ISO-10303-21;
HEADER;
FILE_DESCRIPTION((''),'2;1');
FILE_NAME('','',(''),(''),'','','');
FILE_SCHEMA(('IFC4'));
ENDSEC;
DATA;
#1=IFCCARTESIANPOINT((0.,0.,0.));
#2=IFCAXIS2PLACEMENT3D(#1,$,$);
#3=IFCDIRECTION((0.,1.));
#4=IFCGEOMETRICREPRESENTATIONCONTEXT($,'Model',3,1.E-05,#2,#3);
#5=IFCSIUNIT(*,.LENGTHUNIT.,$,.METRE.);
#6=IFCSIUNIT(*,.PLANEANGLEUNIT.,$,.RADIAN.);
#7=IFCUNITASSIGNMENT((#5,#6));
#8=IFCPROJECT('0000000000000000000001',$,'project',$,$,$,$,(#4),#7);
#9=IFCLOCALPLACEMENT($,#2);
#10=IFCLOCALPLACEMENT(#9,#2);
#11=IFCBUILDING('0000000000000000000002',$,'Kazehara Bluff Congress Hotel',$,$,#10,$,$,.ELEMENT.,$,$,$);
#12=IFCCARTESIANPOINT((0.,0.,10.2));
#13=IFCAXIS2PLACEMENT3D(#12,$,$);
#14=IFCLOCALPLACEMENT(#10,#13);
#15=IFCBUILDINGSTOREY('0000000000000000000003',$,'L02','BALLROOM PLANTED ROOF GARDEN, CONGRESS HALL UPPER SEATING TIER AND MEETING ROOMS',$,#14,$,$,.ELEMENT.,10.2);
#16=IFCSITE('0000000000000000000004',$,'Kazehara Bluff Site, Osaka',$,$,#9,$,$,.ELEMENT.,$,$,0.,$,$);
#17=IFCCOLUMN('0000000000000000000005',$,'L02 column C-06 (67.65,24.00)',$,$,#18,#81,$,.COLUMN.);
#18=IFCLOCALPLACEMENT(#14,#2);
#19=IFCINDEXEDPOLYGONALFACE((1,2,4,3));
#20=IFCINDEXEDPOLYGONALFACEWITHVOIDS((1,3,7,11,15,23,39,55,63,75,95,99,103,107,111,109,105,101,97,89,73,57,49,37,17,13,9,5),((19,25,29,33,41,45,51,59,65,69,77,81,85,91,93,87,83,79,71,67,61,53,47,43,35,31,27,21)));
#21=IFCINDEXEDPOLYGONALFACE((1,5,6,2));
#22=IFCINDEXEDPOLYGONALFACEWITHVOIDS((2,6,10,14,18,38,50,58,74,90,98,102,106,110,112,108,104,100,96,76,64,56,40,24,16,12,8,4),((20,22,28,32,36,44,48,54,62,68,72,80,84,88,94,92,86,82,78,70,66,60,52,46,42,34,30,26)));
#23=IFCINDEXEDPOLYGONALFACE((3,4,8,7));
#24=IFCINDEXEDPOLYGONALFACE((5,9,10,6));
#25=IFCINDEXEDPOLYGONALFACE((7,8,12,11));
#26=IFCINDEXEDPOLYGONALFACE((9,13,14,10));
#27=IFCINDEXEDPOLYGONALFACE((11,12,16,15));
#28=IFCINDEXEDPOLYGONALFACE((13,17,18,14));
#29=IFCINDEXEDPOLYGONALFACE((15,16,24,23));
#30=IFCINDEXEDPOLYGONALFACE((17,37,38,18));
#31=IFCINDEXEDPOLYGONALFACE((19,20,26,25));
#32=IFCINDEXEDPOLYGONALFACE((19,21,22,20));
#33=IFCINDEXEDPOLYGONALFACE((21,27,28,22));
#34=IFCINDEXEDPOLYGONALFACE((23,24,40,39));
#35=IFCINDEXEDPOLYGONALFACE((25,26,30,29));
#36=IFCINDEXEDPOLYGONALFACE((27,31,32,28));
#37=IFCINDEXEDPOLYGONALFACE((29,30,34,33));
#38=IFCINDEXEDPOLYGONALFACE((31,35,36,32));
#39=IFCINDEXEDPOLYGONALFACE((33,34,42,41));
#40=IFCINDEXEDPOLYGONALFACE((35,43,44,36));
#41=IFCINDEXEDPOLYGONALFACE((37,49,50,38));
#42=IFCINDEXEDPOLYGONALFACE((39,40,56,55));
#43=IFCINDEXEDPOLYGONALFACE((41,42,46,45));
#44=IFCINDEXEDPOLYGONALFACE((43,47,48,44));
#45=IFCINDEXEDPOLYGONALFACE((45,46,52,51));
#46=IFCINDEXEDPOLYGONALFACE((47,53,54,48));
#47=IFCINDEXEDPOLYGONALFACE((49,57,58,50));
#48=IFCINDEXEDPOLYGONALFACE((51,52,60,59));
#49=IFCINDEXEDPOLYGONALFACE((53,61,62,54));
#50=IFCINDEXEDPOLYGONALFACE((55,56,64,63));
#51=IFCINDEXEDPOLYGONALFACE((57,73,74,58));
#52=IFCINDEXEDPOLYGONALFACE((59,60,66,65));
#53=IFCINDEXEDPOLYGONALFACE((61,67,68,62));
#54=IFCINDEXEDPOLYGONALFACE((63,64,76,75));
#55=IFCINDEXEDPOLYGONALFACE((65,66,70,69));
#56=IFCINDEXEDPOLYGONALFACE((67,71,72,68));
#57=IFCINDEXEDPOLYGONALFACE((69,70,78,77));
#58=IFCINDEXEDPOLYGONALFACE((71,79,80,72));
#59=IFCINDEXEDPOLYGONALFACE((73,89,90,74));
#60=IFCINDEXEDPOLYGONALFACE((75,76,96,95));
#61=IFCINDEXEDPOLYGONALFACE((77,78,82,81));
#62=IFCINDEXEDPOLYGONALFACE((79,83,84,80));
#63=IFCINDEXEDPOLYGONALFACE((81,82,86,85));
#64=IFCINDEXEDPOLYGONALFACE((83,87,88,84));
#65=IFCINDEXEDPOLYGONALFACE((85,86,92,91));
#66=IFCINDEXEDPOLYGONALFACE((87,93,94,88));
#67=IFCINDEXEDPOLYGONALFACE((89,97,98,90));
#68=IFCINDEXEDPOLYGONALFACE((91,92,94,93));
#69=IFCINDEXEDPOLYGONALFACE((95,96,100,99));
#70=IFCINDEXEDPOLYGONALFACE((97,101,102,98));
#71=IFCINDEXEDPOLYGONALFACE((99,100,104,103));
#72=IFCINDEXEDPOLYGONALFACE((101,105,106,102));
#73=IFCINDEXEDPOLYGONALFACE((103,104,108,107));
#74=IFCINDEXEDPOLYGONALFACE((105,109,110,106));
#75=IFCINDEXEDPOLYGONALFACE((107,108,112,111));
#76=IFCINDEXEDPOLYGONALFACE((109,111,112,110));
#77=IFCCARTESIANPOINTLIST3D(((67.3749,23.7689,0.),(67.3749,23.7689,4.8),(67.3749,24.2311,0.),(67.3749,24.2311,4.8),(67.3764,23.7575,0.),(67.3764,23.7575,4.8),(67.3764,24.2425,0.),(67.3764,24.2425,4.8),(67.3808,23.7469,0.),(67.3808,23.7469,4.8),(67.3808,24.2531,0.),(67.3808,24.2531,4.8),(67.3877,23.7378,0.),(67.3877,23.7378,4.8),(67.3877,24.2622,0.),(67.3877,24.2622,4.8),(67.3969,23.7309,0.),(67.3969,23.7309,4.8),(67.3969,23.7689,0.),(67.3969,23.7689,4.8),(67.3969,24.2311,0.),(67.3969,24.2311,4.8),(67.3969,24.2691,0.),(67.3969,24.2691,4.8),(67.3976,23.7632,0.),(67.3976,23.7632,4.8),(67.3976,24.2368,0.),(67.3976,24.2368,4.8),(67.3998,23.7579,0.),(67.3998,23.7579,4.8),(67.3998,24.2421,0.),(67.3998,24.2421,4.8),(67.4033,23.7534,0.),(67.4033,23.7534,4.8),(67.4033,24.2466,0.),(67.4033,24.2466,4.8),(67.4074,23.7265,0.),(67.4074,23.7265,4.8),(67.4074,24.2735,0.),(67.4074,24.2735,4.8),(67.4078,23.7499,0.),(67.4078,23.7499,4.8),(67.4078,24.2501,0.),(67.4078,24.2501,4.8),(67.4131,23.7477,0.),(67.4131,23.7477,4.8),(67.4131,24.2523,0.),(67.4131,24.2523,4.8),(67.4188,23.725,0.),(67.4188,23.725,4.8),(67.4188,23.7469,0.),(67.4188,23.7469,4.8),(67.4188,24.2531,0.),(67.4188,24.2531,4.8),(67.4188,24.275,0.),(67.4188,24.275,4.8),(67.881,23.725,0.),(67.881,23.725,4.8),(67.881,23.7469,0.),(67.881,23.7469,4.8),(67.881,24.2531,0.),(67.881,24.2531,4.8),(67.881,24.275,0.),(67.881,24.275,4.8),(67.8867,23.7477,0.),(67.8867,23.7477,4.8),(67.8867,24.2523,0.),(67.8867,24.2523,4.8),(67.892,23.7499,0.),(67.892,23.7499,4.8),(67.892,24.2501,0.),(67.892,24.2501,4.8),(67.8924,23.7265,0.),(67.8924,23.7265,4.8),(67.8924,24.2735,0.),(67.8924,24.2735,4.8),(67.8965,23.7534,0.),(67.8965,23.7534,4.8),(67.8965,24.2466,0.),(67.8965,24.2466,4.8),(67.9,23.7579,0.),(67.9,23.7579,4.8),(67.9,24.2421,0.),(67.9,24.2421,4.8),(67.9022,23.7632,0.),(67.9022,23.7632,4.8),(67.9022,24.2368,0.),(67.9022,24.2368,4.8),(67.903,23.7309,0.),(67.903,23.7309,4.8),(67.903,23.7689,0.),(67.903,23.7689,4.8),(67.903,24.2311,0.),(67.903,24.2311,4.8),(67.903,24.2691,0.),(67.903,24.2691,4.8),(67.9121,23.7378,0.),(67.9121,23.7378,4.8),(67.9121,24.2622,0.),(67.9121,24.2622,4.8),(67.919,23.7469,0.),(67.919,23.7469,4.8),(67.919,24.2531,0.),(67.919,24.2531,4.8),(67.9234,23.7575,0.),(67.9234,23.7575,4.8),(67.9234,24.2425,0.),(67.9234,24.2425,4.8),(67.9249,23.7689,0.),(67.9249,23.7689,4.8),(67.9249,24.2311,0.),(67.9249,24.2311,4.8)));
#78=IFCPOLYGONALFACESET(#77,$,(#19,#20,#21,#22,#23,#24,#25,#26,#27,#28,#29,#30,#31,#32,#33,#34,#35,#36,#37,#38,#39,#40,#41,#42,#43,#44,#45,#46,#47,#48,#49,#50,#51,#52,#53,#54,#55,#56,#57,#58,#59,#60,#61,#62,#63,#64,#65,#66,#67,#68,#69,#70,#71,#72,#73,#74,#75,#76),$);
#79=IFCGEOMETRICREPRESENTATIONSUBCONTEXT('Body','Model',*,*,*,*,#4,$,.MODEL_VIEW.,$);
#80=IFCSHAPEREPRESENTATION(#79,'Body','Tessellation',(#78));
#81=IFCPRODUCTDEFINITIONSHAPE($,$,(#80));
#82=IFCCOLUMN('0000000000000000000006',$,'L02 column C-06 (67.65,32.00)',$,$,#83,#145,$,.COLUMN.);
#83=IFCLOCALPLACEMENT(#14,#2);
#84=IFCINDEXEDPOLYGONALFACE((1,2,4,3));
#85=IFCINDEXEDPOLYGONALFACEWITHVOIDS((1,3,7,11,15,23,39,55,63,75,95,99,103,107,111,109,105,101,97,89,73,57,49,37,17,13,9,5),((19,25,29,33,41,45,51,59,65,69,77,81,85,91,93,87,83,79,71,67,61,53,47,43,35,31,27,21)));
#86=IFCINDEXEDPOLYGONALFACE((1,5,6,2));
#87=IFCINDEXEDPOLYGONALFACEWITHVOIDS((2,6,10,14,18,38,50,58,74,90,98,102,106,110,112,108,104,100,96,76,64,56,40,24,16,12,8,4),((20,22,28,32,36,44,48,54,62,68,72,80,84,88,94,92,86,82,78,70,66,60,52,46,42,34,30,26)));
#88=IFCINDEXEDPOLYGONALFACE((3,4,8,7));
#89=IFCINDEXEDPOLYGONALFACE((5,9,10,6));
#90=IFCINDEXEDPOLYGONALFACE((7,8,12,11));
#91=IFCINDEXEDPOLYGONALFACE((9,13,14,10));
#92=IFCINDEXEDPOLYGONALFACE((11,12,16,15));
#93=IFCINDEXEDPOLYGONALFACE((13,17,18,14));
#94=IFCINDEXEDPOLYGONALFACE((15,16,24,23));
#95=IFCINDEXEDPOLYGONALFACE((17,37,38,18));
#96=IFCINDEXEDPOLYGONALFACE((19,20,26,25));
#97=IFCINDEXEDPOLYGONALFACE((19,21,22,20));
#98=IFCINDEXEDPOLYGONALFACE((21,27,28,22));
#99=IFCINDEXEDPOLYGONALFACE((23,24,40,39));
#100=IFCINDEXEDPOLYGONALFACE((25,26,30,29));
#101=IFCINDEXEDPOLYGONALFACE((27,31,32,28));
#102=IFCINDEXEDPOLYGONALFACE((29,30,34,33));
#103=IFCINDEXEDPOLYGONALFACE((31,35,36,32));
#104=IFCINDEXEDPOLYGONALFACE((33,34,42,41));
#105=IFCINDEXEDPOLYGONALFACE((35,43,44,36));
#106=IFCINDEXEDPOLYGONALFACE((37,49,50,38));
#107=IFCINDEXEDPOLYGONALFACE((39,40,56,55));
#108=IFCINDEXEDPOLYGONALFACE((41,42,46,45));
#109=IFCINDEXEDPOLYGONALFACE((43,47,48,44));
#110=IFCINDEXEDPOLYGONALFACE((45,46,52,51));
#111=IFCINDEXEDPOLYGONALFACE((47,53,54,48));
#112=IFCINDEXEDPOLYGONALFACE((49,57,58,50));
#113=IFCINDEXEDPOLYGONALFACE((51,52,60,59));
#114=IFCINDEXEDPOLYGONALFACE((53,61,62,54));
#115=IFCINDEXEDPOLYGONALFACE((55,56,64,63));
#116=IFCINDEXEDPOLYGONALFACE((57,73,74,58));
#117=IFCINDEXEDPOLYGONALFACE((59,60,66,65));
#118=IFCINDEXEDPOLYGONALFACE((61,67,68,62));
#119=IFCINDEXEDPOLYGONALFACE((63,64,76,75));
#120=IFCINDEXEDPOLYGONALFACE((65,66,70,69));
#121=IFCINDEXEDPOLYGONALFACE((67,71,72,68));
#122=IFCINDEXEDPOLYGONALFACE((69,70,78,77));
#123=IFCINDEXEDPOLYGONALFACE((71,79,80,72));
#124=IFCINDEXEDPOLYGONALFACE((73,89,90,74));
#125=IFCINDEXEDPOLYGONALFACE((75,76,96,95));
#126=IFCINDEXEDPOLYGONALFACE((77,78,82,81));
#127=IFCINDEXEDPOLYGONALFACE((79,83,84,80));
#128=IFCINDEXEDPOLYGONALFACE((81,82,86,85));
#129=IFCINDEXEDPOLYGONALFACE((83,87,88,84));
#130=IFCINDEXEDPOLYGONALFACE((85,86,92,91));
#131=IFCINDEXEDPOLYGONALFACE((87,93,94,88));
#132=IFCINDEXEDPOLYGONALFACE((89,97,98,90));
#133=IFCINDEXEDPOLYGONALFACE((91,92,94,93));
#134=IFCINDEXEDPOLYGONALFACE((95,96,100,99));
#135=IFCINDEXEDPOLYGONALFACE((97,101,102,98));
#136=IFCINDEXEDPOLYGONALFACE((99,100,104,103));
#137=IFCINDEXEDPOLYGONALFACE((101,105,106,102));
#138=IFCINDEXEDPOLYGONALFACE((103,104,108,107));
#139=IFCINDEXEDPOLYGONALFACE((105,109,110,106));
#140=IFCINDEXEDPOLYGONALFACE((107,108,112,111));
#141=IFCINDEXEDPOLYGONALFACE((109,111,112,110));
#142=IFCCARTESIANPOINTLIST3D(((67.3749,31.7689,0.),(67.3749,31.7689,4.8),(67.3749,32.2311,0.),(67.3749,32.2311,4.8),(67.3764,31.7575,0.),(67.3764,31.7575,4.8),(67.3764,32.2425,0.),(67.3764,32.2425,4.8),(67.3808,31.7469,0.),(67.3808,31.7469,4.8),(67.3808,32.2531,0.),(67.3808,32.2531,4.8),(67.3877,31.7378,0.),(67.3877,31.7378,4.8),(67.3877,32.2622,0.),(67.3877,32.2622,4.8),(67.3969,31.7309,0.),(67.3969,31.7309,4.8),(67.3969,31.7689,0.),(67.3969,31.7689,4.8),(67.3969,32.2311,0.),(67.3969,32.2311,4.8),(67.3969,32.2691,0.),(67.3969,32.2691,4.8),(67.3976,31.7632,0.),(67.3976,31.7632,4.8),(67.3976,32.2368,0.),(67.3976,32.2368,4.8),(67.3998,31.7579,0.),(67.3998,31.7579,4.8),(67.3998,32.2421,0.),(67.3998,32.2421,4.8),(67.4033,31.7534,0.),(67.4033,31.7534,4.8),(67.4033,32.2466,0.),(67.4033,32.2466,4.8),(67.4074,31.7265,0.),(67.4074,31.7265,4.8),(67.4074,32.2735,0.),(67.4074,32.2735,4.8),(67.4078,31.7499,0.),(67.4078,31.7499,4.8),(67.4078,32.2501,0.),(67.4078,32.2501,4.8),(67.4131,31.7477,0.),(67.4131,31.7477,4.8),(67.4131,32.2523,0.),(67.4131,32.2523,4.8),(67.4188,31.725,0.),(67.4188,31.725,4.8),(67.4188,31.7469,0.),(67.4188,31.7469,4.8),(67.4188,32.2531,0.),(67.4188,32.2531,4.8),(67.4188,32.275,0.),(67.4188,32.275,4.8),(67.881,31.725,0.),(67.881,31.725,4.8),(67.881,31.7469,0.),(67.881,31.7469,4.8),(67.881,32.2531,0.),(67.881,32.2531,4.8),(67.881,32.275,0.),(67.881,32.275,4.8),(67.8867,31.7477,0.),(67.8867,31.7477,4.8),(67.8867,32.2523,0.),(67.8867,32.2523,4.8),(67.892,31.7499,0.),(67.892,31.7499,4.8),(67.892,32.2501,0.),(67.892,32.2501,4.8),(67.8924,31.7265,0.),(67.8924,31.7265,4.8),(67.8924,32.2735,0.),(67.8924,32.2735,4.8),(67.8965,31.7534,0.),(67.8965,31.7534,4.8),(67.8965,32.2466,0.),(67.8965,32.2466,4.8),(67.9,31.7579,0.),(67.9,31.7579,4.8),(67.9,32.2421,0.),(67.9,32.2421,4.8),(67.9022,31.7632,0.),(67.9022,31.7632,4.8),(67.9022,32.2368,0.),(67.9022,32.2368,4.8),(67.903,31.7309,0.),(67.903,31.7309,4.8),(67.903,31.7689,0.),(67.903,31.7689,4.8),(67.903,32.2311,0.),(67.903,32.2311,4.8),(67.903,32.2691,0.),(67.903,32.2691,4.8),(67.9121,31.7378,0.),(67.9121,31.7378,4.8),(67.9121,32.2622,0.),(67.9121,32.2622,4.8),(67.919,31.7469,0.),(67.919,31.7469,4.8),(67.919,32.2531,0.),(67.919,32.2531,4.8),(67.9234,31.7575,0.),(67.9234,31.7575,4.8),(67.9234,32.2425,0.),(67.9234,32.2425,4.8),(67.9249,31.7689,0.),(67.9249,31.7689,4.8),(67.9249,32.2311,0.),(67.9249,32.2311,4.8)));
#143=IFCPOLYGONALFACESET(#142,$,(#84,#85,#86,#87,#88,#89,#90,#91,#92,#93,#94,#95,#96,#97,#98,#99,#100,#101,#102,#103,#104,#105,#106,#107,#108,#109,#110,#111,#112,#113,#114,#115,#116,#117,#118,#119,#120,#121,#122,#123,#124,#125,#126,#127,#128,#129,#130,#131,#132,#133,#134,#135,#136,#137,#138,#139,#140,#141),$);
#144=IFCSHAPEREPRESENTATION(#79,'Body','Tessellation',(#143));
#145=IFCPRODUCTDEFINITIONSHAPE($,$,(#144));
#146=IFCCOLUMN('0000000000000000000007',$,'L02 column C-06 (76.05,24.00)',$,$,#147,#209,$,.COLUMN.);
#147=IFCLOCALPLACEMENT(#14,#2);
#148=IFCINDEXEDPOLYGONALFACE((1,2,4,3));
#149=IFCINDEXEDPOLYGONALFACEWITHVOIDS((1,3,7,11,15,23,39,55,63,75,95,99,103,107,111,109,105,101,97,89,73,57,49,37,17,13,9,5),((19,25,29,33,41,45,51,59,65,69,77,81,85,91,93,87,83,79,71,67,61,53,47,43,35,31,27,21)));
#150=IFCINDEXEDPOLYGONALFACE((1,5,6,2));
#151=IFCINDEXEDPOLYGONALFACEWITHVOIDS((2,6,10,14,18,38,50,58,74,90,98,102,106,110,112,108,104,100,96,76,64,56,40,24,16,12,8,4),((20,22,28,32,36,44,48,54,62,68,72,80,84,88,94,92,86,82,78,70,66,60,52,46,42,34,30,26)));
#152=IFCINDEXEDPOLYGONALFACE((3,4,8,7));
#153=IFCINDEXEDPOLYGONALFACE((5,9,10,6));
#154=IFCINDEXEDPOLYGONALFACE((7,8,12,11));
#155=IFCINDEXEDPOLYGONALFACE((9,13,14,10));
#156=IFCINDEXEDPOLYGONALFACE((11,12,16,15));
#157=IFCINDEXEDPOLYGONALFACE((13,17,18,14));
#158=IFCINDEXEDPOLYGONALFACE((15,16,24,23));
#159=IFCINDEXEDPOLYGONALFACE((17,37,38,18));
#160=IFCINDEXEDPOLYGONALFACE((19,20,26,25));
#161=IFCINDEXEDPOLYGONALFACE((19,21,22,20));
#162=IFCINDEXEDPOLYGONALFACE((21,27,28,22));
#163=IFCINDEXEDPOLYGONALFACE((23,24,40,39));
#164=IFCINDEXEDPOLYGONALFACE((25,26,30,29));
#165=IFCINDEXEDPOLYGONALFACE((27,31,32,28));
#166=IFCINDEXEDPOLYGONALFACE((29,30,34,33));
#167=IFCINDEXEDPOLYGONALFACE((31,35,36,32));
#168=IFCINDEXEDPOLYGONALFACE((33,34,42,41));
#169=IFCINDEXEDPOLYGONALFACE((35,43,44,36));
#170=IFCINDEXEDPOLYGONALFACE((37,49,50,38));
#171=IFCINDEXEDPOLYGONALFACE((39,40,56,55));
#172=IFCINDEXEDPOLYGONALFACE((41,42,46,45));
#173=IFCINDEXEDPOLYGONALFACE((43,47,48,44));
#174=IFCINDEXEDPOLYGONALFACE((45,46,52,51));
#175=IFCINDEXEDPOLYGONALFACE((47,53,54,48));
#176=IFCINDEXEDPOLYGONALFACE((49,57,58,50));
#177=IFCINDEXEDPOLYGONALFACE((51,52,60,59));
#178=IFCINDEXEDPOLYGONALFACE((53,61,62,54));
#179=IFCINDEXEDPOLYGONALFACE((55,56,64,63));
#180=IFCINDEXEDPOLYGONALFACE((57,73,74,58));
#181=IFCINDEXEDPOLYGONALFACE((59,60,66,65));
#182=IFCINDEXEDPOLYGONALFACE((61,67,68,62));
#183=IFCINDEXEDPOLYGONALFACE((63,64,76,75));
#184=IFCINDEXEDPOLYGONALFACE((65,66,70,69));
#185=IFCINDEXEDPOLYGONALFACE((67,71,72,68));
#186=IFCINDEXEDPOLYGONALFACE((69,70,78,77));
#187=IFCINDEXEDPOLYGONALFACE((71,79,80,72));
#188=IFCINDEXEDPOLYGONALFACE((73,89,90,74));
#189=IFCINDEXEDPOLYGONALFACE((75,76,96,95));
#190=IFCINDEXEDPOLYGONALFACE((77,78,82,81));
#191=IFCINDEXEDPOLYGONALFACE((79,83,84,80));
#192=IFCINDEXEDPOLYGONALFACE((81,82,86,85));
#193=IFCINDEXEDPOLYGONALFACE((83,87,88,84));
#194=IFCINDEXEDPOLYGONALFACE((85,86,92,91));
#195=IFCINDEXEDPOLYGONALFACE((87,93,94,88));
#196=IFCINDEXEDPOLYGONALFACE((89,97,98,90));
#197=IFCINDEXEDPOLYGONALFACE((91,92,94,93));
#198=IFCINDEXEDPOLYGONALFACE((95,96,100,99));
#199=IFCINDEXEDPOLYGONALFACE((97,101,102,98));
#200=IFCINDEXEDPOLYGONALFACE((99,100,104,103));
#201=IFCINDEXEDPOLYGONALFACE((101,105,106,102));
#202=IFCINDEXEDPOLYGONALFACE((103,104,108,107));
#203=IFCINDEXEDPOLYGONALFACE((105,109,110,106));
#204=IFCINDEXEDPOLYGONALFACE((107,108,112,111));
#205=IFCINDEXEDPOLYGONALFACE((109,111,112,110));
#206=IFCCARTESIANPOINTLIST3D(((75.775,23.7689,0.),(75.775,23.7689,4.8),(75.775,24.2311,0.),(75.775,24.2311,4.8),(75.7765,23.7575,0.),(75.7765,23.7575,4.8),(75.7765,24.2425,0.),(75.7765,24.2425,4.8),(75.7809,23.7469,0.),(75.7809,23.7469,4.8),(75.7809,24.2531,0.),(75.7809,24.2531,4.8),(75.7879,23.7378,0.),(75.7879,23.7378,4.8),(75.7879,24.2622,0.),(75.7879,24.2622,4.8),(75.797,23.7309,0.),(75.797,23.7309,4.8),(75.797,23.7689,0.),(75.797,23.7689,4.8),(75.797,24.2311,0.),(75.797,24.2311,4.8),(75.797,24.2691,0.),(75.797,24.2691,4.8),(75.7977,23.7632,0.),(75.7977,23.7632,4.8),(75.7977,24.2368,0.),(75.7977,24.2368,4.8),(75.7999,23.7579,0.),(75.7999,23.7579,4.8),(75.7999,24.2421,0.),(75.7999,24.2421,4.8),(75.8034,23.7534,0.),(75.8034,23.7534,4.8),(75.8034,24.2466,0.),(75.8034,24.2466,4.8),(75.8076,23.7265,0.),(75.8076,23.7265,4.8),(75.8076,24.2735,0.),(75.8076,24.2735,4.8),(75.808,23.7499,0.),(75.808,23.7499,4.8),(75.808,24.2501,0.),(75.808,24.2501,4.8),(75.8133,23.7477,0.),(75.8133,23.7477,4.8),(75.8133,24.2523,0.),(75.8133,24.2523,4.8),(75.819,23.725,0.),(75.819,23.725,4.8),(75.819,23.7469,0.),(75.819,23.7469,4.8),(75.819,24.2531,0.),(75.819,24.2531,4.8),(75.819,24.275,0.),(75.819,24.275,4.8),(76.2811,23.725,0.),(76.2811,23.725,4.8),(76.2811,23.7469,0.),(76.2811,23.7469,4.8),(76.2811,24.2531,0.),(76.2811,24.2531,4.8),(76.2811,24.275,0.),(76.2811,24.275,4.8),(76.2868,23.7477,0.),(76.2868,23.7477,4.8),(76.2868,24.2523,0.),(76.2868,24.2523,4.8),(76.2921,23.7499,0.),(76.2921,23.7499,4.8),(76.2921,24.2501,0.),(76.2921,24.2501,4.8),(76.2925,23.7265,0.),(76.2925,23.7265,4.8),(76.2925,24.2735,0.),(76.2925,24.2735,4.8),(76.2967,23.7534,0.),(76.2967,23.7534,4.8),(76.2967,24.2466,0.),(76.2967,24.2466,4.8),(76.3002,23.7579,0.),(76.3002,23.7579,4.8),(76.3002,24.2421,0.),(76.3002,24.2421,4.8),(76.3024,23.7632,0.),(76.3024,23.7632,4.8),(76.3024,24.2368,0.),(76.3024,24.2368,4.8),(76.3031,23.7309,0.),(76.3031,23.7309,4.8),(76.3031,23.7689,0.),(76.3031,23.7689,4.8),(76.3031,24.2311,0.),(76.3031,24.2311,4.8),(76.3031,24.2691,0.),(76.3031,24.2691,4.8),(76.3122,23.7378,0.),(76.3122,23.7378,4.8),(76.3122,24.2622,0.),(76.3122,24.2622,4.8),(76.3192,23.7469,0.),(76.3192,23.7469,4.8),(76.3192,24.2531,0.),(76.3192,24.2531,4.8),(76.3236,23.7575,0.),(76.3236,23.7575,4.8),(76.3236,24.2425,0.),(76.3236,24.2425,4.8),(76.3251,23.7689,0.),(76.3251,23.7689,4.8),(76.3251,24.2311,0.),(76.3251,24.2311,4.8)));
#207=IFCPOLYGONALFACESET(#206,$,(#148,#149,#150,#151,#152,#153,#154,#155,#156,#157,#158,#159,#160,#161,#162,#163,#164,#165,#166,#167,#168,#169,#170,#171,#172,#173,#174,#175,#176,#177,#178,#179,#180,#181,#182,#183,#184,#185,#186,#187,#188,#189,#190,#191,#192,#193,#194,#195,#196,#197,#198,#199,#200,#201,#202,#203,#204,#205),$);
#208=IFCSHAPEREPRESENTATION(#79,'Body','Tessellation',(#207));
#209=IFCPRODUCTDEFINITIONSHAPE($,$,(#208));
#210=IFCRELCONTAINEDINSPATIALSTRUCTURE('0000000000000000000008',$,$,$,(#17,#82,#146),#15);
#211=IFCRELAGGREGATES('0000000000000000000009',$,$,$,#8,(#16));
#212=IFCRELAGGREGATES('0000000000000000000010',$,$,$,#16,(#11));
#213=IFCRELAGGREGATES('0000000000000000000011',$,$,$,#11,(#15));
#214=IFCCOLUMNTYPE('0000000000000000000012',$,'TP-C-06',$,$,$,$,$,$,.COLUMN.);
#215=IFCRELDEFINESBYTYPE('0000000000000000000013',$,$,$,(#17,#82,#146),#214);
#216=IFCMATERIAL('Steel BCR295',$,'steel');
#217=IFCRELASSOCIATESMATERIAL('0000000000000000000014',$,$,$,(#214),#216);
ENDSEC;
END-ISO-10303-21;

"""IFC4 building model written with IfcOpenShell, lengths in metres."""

from ifc_helpers import new_model, si_unit, direction, frame, origin, origin_2d, place, context, subcontext, project, spatial, hollow_rectangle, extrude, material, material_profile, profile_set, type_object, element, save


model = new_model("IFC4")

# Units and contexts
model_context = context("Model", 3, precision=1e-05, world=origin(), true_north=direction((0.0, 1.0)))
body_context = subcontext(model_context, "Body", "Model", "MODEL_VIEW")
ifc_project = project(units=[si_unit("LENGTHUNIT", "METRE"), si_unit("PLANEANGLEUNIT", "RADIAN")], contexts=[model_context])

# Site, building, storey
site_placement = place(None, origin())
site = spatial("IfcSite", under=ifc_project, at=site_placement, Name="Kazehara Bluff Site, Osaka", CompositionType="ELEMENT", RefElevation=0.0)
building_placement = place(site_placement, origin())
building = spatial("IfcBuilding", under=site, at=building_placement, Name="Kazehara Bluff Congress Hotel", CompositionType="ELEMENT")
storey_placement = place(building_placement, frame((0.0, 0.0, 10.2)))
storey = spatial("IfcBuildingStorey", under=building, at=storey_placement, Name="L02", Description="BALLROOM PLANTED ROOF GARDEN, CONGRESS HALL UPPER SEATING TIER AND MEETING ROOMS", CompositionType="ELEMENT", Elevation=10.2)

# Columns
ifc_material_1 = material(Name="Steel BCR295", Category="steel")
ifc_material_profile_1 = material_profile(ifc_material_1, hollow_rectangle(XDim=0.55, YDim=0.55, WallThickness=0.022, InnerFilletRadius=0.022, OuterFilletRadius=0.0439, at=origin_2d()))
ifc_profile_set_1 = profile_set([ifc_material_profile_1], Name="Steel BCR295")
column_type = type_object("IfcColumnType", Name="TP-C-06", PredefinedType="COLUMN", material=ifc_profile_set_1)
for number, where, z_axis, x_axis, name in (
    (1, (67.6499, 24.0, 0.0), (0.0, 0.0, 1.0), (1.0, 0.0, 0.0), "L02 column C-06 (67.65,24.00)"),
    (2, (67.6499, 32.0, 0.0), (0.0, 0.0, 1.0), (1.0, 0.0, 0.0), "L02 column C-06 (67.65,32.00)"),
    (3, (76.05, 24.0, 0.0), (0.0, 0.0, 1.0), (1.0, 0.0, 0.0), "L02 column C-06 (76.05,24.00)"),
):
    element("IfcColumn", number, at=place(storey_placement, frame(where, z_axis=z_axis, x_axis=x_axis)), inside=storey, type_object=column_type, Name=name, PredefinedType="COLUMN", context=body_context, shape_type="SweptSolid", body=[
        extrude(hollow_rectangle(XDim=0.55, YDim=0.55, WallThickness=0.022, InnerFilletRadius=0.022, OuterFilletRadius=0.0439, at=origin_2d()), origin(), (0.0, 0.0, 1.0), 4.8),
    ])

save(model, "model.ifc")
